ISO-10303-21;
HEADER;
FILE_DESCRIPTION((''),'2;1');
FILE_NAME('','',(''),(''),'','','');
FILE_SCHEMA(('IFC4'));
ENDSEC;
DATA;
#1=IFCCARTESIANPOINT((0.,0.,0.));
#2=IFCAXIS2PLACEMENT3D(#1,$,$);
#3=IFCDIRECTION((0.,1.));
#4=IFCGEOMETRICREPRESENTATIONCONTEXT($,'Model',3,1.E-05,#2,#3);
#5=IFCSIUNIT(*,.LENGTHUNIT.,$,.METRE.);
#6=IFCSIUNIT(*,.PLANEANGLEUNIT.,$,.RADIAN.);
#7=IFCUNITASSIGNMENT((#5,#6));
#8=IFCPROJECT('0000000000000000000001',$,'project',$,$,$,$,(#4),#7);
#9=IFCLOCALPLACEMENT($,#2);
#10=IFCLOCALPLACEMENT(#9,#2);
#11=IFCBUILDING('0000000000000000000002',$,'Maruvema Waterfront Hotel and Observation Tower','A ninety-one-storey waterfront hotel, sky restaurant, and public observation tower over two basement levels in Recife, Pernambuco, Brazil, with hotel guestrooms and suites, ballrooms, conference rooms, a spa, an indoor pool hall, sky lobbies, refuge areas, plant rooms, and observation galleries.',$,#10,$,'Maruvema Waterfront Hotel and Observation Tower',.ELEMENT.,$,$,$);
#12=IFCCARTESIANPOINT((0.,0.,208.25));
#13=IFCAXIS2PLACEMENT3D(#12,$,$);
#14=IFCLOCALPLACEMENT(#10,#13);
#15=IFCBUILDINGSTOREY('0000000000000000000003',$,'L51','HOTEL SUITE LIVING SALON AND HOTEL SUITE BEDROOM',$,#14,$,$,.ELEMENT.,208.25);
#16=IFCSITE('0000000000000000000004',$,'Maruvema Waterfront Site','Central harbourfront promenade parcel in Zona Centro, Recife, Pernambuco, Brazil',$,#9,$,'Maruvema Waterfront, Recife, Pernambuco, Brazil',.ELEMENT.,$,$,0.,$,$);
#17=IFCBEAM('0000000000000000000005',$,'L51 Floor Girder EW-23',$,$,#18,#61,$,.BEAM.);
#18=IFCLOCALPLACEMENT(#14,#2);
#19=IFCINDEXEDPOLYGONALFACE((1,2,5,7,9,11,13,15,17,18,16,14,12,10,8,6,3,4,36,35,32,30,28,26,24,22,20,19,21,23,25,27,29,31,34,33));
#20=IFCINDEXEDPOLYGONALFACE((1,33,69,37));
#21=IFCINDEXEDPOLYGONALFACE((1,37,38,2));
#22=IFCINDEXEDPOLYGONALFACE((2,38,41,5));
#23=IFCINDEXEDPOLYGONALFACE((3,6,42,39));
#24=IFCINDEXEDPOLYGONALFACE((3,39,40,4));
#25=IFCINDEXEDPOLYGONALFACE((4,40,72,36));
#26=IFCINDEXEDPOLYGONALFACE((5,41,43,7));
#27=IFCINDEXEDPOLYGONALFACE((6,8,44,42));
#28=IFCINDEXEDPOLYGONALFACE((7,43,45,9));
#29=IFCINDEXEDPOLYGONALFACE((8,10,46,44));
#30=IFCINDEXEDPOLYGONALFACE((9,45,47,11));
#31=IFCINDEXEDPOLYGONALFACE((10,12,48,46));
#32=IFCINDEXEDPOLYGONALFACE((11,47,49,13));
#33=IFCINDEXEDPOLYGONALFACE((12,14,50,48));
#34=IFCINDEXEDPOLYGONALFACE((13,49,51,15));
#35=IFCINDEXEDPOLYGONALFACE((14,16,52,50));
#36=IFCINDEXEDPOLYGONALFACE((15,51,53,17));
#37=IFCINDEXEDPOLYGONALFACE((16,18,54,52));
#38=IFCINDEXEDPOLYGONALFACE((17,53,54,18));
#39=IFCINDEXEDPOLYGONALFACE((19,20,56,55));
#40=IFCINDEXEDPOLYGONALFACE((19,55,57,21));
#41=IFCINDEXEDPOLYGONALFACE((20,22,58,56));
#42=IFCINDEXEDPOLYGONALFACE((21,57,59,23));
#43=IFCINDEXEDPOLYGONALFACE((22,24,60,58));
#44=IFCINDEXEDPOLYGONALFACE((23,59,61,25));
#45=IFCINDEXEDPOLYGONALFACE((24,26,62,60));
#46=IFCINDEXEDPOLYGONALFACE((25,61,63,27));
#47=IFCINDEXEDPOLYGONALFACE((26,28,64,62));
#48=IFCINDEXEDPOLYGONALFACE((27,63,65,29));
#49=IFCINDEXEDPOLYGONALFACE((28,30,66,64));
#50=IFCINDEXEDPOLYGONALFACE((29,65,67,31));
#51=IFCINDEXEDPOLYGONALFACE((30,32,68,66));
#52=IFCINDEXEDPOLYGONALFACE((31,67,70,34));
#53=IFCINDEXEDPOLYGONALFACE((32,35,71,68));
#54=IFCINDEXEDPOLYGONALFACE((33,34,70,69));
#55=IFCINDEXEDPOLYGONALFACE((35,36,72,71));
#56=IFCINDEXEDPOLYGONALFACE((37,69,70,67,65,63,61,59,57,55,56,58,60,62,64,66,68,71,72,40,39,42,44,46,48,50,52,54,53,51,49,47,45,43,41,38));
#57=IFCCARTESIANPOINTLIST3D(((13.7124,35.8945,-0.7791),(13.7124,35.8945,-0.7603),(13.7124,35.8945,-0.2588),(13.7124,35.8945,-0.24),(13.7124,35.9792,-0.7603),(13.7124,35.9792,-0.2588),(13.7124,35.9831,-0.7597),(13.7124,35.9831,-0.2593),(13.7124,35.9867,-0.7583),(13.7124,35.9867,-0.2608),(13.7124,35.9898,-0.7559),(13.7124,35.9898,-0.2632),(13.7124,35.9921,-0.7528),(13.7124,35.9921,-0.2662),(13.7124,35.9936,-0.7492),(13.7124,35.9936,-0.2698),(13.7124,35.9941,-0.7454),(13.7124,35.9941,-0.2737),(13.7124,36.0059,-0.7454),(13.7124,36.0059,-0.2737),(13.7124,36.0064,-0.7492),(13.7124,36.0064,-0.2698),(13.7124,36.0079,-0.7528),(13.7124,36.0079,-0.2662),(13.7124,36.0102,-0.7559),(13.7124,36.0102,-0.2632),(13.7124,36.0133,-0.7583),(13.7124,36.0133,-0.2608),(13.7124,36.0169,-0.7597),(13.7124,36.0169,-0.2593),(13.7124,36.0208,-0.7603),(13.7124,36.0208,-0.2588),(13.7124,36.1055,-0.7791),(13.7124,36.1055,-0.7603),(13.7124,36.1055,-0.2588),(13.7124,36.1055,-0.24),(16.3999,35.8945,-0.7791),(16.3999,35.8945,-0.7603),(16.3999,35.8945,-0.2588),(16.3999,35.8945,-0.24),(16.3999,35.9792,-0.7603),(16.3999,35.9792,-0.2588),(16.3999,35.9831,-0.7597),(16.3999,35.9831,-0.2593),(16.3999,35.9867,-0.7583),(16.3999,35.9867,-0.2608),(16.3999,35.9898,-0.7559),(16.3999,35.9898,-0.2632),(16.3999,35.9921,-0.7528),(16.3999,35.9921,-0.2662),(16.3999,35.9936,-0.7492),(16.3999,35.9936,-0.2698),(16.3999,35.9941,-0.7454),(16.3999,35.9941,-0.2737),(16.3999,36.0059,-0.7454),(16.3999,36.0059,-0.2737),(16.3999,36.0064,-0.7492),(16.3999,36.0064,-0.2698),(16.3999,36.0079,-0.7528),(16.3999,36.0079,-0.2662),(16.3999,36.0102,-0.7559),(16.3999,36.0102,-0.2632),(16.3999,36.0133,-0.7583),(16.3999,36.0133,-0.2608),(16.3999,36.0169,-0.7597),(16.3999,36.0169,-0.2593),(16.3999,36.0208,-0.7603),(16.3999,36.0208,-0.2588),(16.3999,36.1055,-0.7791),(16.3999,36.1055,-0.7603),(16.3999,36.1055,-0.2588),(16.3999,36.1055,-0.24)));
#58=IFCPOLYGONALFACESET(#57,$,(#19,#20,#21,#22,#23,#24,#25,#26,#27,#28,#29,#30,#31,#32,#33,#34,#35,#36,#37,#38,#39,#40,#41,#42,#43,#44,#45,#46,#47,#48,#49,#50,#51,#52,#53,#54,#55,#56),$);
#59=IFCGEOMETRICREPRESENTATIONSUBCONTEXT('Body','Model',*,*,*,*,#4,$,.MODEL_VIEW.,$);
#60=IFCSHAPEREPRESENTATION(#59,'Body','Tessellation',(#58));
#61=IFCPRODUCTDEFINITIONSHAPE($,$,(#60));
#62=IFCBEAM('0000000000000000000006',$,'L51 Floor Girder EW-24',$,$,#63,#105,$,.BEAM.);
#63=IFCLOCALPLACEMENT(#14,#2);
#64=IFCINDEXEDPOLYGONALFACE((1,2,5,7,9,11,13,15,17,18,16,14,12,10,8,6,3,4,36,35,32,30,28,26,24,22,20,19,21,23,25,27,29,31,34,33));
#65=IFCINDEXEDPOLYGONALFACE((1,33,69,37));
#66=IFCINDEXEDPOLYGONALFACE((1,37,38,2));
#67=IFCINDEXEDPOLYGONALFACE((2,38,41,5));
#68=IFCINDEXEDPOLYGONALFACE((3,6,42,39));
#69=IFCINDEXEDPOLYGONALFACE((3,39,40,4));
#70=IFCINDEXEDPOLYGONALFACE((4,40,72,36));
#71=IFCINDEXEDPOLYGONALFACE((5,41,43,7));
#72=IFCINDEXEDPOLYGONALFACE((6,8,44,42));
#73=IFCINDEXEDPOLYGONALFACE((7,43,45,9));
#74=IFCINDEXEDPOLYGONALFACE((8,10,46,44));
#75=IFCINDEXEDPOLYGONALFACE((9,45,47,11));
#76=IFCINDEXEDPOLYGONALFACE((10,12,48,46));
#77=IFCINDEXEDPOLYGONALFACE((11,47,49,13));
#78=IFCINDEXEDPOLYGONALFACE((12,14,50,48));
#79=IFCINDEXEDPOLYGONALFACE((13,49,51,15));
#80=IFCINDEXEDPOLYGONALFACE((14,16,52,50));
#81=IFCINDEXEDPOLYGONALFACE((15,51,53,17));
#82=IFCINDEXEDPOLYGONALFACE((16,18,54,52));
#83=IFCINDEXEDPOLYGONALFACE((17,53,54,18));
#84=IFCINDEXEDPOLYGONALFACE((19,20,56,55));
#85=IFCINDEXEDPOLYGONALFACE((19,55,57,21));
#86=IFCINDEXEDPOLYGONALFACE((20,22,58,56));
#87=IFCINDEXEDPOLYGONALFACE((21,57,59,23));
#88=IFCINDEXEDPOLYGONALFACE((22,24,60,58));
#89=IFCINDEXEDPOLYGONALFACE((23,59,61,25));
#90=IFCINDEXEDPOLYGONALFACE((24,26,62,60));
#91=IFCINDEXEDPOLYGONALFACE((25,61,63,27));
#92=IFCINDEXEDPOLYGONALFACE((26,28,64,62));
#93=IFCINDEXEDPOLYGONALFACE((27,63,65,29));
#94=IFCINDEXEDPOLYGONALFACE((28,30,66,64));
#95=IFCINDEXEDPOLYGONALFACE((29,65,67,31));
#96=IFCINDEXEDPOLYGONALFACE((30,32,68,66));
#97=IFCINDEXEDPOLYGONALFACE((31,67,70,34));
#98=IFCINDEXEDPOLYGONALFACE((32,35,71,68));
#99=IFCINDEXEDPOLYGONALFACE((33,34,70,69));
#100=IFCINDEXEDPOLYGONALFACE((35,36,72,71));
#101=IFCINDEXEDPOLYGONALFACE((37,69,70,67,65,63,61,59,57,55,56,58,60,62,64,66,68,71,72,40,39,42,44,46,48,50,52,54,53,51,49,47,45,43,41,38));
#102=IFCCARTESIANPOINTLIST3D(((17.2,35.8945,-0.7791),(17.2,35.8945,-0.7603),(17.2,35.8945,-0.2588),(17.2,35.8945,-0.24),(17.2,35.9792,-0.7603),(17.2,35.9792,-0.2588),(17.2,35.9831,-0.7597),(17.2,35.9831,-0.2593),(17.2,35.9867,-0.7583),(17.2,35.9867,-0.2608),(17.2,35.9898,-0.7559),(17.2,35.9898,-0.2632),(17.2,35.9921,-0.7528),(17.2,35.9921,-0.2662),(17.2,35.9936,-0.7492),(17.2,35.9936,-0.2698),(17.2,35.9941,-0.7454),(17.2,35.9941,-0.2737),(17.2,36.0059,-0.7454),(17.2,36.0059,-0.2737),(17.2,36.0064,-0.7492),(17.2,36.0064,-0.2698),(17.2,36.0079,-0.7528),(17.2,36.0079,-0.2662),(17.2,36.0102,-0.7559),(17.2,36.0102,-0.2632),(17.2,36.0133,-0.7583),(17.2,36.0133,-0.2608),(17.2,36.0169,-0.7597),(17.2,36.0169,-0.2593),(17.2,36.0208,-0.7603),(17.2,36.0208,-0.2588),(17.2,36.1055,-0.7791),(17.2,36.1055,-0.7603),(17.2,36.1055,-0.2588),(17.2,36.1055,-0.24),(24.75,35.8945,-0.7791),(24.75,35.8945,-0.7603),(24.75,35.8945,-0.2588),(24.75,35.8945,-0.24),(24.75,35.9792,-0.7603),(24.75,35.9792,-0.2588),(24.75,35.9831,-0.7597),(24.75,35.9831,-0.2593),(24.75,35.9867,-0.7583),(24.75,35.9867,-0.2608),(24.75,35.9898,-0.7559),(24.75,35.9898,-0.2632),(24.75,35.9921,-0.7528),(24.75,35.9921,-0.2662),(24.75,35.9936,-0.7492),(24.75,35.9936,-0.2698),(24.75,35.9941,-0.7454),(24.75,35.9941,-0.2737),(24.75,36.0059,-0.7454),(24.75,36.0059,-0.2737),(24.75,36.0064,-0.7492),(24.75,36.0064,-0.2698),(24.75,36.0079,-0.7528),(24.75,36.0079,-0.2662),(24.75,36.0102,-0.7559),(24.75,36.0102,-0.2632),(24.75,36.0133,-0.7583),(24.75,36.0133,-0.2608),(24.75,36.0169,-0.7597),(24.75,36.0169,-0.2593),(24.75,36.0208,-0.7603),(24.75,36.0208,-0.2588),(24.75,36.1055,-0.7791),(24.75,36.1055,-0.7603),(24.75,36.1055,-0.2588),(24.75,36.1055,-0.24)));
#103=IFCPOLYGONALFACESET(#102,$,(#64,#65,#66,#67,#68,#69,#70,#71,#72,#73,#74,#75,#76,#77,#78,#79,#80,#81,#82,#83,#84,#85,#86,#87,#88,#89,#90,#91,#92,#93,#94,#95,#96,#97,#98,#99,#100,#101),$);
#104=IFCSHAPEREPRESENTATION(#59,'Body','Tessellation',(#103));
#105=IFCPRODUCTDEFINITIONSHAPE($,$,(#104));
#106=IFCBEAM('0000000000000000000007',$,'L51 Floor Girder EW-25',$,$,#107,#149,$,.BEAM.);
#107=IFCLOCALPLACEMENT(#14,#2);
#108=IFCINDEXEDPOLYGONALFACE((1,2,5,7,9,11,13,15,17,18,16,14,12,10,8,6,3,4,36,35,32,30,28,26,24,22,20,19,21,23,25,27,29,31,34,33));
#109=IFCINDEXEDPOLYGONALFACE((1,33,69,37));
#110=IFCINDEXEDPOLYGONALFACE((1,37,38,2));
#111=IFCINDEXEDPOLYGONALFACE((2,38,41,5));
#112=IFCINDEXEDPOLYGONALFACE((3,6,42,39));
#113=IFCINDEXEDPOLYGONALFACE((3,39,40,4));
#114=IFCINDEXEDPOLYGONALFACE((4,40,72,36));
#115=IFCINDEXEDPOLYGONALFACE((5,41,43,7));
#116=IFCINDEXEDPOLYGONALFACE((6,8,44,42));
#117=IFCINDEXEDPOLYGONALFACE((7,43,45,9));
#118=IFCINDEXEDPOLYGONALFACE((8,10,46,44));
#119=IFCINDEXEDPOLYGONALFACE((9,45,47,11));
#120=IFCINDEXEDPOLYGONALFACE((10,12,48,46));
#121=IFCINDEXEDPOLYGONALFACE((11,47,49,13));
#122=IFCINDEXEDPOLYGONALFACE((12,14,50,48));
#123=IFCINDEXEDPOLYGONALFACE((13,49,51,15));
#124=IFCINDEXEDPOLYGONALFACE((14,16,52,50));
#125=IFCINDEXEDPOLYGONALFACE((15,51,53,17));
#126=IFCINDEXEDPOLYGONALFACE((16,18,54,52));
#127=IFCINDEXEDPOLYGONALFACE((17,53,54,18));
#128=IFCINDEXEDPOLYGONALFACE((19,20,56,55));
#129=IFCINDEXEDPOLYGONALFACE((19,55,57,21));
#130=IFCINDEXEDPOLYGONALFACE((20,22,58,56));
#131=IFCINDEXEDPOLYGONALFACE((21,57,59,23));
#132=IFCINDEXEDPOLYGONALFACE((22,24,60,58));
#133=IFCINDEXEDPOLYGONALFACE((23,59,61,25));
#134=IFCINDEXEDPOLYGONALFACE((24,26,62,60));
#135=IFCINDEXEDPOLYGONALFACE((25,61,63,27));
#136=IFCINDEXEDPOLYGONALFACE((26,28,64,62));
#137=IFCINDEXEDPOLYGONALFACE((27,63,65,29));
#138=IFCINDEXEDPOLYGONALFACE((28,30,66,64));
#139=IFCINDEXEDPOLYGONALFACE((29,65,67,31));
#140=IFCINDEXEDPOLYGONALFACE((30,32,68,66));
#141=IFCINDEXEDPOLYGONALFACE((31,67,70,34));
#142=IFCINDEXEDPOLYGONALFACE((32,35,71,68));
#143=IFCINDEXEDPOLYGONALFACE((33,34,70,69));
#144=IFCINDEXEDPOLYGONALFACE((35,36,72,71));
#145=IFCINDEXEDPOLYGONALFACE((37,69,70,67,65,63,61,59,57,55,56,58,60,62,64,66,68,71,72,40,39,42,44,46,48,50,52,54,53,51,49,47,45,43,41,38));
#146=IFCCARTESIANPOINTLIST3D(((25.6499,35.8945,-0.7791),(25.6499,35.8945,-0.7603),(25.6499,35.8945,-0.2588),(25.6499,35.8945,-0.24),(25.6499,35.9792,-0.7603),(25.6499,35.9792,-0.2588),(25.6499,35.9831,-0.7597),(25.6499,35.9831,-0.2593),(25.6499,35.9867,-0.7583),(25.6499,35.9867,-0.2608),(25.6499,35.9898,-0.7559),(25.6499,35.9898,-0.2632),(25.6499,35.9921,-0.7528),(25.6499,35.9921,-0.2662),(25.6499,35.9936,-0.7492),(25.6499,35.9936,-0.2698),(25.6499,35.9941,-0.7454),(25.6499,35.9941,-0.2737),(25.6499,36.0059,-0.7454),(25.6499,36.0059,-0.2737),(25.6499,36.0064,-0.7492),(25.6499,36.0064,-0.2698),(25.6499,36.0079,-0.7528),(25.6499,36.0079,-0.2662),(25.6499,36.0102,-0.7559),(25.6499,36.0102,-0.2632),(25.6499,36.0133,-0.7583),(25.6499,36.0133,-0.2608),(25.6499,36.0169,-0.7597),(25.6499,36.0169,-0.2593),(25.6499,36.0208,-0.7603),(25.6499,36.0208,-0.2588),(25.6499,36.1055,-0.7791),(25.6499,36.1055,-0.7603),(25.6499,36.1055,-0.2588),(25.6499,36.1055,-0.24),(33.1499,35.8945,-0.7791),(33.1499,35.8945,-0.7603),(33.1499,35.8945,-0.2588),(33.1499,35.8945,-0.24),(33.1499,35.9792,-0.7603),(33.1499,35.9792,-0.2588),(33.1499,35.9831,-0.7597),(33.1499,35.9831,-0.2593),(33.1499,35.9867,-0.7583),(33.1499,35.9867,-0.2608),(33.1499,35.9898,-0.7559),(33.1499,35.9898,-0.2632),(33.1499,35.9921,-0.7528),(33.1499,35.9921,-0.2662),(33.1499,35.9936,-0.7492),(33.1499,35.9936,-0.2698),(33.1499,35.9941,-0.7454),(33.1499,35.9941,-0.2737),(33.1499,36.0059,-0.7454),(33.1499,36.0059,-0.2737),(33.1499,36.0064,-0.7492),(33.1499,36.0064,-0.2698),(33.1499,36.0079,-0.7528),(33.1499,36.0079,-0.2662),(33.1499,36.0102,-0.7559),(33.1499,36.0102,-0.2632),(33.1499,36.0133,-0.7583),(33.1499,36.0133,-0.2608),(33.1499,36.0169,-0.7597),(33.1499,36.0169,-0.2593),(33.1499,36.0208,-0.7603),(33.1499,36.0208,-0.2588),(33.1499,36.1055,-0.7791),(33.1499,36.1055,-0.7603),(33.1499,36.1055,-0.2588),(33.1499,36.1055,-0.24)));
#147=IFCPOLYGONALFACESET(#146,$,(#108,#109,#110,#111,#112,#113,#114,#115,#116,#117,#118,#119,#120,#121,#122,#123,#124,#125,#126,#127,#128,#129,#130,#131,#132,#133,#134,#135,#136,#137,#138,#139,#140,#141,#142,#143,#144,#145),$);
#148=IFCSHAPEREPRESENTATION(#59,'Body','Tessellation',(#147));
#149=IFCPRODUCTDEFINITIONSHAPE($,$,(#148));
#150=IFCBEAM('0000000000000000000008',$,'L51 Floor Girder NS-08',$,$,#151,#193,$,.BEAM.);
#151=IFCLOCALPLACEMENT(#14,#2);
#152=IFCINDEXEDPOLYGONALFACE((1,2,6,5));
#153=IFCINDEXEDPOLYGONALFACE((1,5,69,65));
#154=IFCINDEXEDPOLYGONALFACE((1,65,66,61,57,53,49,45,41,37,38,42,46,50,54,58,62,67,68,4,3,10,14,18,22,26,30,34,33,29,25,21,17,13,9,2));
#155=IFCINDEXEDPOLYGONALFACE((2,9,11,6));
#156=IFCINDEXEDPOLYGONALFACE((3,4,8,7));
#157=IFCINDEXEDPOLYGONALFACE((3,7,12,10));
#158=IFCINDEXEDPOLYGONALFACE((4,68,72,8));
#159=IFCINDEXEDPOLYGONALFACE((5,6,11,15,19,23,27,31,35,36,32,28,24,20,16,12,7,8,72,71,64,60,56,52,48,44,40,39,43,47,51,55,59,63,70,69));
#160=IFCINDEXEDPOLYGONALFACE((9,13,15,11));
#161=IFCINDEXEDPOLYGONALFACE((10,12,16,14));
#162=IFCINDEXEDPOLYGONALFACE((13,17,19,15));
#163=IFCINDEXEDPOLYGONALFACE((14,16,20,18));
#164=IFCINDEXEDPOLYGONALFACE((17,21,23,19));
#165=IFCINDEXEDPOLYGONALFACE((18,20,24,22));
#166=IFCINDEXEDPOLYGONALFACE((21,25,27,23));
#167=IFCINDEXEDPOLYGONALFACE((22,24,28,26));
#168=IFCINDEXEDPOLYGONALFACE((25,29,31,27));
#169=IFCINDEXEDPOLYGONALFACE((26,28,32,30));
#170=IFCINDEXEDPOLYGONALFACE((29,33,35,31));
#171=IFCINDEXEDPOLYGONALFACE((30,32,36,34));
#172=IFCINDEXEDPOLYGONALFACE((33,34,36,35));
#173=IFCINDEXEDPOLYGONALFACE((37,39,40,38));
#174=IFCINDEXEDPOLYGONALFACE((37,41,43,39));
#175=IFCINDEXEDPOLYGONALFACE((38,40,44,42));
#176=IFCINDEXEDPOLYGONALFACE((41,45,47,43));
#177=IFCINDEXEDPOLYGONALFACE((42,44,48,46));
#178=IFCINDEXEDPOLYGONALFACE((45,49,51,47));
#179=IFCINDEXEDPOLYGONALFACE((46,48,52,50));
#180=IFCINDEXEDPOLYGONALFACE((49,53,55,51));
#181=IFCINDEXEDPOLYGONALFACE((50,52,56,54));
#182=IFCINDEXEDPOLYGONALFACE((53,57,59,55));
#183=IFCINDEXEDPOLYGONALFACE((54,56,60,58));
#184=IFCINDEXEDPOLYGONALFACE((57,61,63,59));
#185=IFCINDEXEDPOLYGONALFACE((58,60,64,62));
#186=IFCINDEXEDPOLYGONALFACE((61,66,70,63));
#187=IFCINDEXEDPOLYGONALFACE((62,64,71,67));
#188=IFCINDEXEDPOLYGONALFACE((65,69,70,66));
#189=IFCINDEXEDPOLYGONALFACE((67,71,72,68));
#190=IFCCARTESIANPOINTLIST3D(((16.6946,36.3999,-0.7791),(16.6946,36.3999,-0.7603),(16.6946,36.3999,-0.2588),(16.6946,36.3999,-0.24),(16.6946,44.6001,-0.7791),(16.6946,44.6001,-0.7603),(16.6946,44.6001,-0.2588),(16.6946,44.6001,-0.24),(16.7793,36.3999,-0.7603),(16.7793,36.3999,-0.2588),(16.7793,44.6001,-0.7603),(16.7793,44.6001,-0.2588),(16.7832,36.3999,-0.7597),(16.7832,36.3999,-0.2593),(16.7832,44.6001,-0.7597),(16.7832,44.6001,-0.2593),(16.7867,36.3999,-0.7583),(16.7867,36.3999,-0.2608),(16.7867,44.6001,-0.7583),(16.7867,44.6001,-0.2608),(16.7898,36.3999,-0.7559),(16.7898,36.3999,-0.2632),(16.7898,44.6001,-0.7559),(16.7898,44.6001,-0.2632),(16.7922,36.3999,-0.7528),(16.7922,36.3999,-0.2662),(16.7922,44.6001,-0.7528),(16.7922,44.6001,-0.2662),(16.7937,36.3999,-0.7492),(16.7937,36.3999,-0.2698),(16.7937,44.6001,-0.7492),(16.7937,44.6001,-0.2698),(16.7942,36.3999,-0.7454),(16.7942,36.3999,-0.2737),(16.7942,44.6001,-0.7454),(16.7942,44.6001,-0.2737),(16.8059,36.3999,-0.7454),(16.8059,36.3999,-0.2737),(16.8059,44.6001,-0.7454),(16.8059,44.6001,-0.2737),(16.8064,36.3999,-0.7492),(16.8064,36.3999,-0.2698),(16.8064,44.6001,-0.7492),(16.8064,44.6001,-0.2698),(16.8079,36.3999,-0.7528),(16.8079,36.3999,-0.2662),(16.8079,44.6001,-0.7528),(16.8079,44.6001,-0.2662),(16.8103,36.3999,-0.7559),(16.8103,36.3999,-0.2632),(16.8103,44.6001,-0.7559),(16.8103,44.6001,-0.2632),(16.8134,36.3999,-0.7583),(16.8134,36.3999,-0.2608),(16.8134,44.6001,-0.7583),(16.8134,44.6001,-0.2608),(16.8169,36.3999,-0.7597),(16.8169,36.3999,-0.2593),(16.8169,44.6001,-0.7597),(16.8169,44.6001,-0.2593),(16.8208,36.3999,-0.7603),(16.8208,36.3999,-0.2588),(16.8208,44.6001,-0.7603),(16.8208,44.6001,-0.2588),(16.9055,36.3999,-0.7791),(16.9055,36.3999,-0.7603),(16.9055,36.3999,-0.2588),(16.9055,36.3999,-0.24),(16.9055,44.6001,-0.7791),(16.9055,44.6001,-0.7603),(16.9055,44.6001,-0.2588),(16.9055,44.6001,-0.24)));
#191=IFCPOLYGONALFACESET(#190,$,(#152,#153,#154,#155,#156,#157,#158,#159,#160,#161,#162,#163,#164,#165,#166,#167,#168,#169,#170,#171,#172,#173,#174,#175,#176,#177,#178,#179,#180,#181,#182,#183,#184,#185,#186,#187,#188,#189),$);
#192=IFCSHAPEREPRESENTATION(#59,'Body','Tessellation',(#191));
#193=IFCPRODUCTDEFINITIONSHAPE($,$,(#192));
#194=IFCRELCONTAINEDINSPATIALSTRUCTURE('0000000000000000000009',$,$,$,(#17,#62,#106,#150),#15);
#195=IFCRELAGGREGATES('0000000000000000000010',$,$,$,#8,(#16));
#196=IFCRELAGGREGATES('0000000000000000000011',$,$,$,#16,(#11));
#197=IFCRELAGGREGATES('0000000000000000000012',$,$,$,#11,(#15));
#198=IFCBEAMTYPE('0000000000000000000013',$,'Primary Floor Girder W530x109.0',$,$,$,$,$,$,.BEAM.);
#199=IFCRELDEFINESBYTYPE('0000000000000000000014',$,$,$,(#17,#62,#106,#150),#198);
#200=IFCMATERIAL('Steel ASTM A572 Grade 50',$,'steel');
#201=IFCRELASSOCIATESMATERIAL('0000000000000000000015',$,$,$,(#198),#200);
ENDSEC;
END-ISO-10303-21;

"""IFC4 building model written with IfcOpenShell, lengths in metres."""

from ifc_helpers import new_model, si_unit, direction, frame, origin, origin_2d, place, context, subcontext, project, spatial, i_section, extrude, material, material_profile, profile_set, type_object, element, save


model = new_model("IFC4")

# Units and contexts
model_context = context("Model", 3, precision=1e-05, world=origin(), true_north=direction((0.0, 1.0)))
body_context = subcontext(model_context, "Body", "Model", "MODEL_VIEW")
ifc_project = project(units=[si_unit("LENGTHUNIT", "METRE"), si_unit("PLANEANGLEUNIT", "RADIAN")], contexts=[model_context])

# Site, building, storey
site_placement = place(None, origin())
site = spatial("IfcSite", under=ifc_project, at=site_placement, Name="Maruvema Waterfront Site", Description="Central harbourfront promenade parcel in Zona Centro, Recife, Pernambuco, Brazil", LongName="Maruvema Waterfront, Recife, Pernambuco, Brazil", CompositionType="ELEMENT", RefElevation=0.0)
building_placement = place(site_placement, origin())
building = spatial("IfcBuilding", under=site, at=building_placement, Name="Maruvema Waterfront Hotel and Observation Tower", Description="A ninety-one-storey waterfront hotel, sky restaurant, and public observation tower over two basement levels in Recife, Pernambuco, Brazil, with hotel guestrooms and suites, ballrooms, conference rooms, a spa, an indoor pool hall, sky lobbies, refuge areas, plant rooms, and observation galleries.", LongName="Maruvema Waterfront Hotel and Observation Tower", CompositionType="ELEMENT")
storey_placement = place(building_placement, frame((0.0, 0.0, 208.25)))
storey = spatial("IfcBuildingStorey", under=building, at=storey_placement, Name="L51", Description="HOTEL SUITE LIVING SALON AND HOTEL SUITE BEDROOM", CompositionType="ELEMENT", Elevation=208.25)

# Beams
ifc_material_1 = material(Name="Steel ASTM A572 Grade 50", Category="steel")
ifc_material_profile_1 = material_profile(ifc_material_1, i_section(OverallWidth=0.2109, OverallDepth=0.5391, WebThickness=0.0117, FlangeThickness=0.0188, FilletRadius=0.0149, at=origin_2d()), Name="W530x109.0")
ifc_profile_set_1 = profile_set([ifc_material_profile_1], Name="Steel ASTM A572 Grade 50")
beam_type_1 = type_object("IfcBeamType", Name="Primary Floor Girder W530x109.0", PredefinedType="BEAM", material=ifc_profile_set_1)
beam_1_placement = place(storey_placement, frame((13.7124, 36.0, -0.5095), z_axis=(1.0, 0.0, 0.0), x_axis=(0.0, 1.0, 0.0)))
element("IfcBeam", 1, at=beam_1_placement, inside=storey, type_object=beam_type_1, Name="L51 Floor Girder EW-23", PredefinedType="BEAM", context=body_context, shape_type="SweptSolid", body=[
    extrude(i_section(OverallWidth=0.2109, OverallDepth=0.5391, WebThickness=0.0117, FlangeThickness=0.0188, FilletRadius=0.0149, at=origin_2d()), origin(), (0.0, 0.0, 1.0), 2.6875),
])
beam_2_placement = place(storey_placement, frame((17.2, 36.0, -0.5095), z_axis=(1.0, 0.0, 0.0), x_axis=(0.0, 1.0, 0.0)))
element("IfcBeam", 2, at=beam_2_placement, inside=storey, type_object=beam_type_1, Name="L51 Floor Girder EW-24", PredefinedType="BEAM", context=body_context, shape_type="SweptSolid", body=[
    extrude(i_section(OverallWidth=0.2109, OverallDepth=0.5391, WebThickness=0.0117, FlangeThickness=0.0188, FilletRadius=0.0149, at=origin_2d()), origin(), (0.0, 0.0, 1.0), 7.55),
])
beam_3_placement = place(storey_placement, frame((25.6499, 36.0, -0.5095), z_axis=(1.0, 0.0, 0.0), x_axis=(0.0, 1.0, 0.0)))
element("IfcBeam", 3, at=beam_3_placement, inside=storey, type_object=beam_type_1, Name="L51 Floor Girder EW-25", PredefinedType="BEAM", context=body_context, shape_type="SweptSolid", body=[
    extrude(i_section(OverallWidth=0.2109, OverallDepth=0.5391, WebThickness=0.0117, FlangeThickness=0.0188, FilletRadius=0.0149, at=origin_2d()), origin(), (0.0, 0.0, 1.0), 7.5),
])
beam_4_placement = place(storey_placement, frame((16.8, 36.3999, -0.5095), z_axis=(0.0, 1.0, 0.0), x_axis=(-1.0, 0.0, 0.0)))
element("IfcBeam", 4, at=beam_4_placement, inside=storey, type_object=beam_type_1, Name="L51 Floor Girder NS-08", PredefinedType="BEAM", context=body_context, shape_type="SweptSolid", body=[
    extrude(i_section(OverallWidth=0.2109, OverallDepth=0.5391, WebThickness=0.0117, FlangeThickness=0.0188, FilletRadius=0.0149, at=origin_2d()), origin(), (0.0, 0.0, 1.0), 8.2002),
])

save(model, "model.ifc")
